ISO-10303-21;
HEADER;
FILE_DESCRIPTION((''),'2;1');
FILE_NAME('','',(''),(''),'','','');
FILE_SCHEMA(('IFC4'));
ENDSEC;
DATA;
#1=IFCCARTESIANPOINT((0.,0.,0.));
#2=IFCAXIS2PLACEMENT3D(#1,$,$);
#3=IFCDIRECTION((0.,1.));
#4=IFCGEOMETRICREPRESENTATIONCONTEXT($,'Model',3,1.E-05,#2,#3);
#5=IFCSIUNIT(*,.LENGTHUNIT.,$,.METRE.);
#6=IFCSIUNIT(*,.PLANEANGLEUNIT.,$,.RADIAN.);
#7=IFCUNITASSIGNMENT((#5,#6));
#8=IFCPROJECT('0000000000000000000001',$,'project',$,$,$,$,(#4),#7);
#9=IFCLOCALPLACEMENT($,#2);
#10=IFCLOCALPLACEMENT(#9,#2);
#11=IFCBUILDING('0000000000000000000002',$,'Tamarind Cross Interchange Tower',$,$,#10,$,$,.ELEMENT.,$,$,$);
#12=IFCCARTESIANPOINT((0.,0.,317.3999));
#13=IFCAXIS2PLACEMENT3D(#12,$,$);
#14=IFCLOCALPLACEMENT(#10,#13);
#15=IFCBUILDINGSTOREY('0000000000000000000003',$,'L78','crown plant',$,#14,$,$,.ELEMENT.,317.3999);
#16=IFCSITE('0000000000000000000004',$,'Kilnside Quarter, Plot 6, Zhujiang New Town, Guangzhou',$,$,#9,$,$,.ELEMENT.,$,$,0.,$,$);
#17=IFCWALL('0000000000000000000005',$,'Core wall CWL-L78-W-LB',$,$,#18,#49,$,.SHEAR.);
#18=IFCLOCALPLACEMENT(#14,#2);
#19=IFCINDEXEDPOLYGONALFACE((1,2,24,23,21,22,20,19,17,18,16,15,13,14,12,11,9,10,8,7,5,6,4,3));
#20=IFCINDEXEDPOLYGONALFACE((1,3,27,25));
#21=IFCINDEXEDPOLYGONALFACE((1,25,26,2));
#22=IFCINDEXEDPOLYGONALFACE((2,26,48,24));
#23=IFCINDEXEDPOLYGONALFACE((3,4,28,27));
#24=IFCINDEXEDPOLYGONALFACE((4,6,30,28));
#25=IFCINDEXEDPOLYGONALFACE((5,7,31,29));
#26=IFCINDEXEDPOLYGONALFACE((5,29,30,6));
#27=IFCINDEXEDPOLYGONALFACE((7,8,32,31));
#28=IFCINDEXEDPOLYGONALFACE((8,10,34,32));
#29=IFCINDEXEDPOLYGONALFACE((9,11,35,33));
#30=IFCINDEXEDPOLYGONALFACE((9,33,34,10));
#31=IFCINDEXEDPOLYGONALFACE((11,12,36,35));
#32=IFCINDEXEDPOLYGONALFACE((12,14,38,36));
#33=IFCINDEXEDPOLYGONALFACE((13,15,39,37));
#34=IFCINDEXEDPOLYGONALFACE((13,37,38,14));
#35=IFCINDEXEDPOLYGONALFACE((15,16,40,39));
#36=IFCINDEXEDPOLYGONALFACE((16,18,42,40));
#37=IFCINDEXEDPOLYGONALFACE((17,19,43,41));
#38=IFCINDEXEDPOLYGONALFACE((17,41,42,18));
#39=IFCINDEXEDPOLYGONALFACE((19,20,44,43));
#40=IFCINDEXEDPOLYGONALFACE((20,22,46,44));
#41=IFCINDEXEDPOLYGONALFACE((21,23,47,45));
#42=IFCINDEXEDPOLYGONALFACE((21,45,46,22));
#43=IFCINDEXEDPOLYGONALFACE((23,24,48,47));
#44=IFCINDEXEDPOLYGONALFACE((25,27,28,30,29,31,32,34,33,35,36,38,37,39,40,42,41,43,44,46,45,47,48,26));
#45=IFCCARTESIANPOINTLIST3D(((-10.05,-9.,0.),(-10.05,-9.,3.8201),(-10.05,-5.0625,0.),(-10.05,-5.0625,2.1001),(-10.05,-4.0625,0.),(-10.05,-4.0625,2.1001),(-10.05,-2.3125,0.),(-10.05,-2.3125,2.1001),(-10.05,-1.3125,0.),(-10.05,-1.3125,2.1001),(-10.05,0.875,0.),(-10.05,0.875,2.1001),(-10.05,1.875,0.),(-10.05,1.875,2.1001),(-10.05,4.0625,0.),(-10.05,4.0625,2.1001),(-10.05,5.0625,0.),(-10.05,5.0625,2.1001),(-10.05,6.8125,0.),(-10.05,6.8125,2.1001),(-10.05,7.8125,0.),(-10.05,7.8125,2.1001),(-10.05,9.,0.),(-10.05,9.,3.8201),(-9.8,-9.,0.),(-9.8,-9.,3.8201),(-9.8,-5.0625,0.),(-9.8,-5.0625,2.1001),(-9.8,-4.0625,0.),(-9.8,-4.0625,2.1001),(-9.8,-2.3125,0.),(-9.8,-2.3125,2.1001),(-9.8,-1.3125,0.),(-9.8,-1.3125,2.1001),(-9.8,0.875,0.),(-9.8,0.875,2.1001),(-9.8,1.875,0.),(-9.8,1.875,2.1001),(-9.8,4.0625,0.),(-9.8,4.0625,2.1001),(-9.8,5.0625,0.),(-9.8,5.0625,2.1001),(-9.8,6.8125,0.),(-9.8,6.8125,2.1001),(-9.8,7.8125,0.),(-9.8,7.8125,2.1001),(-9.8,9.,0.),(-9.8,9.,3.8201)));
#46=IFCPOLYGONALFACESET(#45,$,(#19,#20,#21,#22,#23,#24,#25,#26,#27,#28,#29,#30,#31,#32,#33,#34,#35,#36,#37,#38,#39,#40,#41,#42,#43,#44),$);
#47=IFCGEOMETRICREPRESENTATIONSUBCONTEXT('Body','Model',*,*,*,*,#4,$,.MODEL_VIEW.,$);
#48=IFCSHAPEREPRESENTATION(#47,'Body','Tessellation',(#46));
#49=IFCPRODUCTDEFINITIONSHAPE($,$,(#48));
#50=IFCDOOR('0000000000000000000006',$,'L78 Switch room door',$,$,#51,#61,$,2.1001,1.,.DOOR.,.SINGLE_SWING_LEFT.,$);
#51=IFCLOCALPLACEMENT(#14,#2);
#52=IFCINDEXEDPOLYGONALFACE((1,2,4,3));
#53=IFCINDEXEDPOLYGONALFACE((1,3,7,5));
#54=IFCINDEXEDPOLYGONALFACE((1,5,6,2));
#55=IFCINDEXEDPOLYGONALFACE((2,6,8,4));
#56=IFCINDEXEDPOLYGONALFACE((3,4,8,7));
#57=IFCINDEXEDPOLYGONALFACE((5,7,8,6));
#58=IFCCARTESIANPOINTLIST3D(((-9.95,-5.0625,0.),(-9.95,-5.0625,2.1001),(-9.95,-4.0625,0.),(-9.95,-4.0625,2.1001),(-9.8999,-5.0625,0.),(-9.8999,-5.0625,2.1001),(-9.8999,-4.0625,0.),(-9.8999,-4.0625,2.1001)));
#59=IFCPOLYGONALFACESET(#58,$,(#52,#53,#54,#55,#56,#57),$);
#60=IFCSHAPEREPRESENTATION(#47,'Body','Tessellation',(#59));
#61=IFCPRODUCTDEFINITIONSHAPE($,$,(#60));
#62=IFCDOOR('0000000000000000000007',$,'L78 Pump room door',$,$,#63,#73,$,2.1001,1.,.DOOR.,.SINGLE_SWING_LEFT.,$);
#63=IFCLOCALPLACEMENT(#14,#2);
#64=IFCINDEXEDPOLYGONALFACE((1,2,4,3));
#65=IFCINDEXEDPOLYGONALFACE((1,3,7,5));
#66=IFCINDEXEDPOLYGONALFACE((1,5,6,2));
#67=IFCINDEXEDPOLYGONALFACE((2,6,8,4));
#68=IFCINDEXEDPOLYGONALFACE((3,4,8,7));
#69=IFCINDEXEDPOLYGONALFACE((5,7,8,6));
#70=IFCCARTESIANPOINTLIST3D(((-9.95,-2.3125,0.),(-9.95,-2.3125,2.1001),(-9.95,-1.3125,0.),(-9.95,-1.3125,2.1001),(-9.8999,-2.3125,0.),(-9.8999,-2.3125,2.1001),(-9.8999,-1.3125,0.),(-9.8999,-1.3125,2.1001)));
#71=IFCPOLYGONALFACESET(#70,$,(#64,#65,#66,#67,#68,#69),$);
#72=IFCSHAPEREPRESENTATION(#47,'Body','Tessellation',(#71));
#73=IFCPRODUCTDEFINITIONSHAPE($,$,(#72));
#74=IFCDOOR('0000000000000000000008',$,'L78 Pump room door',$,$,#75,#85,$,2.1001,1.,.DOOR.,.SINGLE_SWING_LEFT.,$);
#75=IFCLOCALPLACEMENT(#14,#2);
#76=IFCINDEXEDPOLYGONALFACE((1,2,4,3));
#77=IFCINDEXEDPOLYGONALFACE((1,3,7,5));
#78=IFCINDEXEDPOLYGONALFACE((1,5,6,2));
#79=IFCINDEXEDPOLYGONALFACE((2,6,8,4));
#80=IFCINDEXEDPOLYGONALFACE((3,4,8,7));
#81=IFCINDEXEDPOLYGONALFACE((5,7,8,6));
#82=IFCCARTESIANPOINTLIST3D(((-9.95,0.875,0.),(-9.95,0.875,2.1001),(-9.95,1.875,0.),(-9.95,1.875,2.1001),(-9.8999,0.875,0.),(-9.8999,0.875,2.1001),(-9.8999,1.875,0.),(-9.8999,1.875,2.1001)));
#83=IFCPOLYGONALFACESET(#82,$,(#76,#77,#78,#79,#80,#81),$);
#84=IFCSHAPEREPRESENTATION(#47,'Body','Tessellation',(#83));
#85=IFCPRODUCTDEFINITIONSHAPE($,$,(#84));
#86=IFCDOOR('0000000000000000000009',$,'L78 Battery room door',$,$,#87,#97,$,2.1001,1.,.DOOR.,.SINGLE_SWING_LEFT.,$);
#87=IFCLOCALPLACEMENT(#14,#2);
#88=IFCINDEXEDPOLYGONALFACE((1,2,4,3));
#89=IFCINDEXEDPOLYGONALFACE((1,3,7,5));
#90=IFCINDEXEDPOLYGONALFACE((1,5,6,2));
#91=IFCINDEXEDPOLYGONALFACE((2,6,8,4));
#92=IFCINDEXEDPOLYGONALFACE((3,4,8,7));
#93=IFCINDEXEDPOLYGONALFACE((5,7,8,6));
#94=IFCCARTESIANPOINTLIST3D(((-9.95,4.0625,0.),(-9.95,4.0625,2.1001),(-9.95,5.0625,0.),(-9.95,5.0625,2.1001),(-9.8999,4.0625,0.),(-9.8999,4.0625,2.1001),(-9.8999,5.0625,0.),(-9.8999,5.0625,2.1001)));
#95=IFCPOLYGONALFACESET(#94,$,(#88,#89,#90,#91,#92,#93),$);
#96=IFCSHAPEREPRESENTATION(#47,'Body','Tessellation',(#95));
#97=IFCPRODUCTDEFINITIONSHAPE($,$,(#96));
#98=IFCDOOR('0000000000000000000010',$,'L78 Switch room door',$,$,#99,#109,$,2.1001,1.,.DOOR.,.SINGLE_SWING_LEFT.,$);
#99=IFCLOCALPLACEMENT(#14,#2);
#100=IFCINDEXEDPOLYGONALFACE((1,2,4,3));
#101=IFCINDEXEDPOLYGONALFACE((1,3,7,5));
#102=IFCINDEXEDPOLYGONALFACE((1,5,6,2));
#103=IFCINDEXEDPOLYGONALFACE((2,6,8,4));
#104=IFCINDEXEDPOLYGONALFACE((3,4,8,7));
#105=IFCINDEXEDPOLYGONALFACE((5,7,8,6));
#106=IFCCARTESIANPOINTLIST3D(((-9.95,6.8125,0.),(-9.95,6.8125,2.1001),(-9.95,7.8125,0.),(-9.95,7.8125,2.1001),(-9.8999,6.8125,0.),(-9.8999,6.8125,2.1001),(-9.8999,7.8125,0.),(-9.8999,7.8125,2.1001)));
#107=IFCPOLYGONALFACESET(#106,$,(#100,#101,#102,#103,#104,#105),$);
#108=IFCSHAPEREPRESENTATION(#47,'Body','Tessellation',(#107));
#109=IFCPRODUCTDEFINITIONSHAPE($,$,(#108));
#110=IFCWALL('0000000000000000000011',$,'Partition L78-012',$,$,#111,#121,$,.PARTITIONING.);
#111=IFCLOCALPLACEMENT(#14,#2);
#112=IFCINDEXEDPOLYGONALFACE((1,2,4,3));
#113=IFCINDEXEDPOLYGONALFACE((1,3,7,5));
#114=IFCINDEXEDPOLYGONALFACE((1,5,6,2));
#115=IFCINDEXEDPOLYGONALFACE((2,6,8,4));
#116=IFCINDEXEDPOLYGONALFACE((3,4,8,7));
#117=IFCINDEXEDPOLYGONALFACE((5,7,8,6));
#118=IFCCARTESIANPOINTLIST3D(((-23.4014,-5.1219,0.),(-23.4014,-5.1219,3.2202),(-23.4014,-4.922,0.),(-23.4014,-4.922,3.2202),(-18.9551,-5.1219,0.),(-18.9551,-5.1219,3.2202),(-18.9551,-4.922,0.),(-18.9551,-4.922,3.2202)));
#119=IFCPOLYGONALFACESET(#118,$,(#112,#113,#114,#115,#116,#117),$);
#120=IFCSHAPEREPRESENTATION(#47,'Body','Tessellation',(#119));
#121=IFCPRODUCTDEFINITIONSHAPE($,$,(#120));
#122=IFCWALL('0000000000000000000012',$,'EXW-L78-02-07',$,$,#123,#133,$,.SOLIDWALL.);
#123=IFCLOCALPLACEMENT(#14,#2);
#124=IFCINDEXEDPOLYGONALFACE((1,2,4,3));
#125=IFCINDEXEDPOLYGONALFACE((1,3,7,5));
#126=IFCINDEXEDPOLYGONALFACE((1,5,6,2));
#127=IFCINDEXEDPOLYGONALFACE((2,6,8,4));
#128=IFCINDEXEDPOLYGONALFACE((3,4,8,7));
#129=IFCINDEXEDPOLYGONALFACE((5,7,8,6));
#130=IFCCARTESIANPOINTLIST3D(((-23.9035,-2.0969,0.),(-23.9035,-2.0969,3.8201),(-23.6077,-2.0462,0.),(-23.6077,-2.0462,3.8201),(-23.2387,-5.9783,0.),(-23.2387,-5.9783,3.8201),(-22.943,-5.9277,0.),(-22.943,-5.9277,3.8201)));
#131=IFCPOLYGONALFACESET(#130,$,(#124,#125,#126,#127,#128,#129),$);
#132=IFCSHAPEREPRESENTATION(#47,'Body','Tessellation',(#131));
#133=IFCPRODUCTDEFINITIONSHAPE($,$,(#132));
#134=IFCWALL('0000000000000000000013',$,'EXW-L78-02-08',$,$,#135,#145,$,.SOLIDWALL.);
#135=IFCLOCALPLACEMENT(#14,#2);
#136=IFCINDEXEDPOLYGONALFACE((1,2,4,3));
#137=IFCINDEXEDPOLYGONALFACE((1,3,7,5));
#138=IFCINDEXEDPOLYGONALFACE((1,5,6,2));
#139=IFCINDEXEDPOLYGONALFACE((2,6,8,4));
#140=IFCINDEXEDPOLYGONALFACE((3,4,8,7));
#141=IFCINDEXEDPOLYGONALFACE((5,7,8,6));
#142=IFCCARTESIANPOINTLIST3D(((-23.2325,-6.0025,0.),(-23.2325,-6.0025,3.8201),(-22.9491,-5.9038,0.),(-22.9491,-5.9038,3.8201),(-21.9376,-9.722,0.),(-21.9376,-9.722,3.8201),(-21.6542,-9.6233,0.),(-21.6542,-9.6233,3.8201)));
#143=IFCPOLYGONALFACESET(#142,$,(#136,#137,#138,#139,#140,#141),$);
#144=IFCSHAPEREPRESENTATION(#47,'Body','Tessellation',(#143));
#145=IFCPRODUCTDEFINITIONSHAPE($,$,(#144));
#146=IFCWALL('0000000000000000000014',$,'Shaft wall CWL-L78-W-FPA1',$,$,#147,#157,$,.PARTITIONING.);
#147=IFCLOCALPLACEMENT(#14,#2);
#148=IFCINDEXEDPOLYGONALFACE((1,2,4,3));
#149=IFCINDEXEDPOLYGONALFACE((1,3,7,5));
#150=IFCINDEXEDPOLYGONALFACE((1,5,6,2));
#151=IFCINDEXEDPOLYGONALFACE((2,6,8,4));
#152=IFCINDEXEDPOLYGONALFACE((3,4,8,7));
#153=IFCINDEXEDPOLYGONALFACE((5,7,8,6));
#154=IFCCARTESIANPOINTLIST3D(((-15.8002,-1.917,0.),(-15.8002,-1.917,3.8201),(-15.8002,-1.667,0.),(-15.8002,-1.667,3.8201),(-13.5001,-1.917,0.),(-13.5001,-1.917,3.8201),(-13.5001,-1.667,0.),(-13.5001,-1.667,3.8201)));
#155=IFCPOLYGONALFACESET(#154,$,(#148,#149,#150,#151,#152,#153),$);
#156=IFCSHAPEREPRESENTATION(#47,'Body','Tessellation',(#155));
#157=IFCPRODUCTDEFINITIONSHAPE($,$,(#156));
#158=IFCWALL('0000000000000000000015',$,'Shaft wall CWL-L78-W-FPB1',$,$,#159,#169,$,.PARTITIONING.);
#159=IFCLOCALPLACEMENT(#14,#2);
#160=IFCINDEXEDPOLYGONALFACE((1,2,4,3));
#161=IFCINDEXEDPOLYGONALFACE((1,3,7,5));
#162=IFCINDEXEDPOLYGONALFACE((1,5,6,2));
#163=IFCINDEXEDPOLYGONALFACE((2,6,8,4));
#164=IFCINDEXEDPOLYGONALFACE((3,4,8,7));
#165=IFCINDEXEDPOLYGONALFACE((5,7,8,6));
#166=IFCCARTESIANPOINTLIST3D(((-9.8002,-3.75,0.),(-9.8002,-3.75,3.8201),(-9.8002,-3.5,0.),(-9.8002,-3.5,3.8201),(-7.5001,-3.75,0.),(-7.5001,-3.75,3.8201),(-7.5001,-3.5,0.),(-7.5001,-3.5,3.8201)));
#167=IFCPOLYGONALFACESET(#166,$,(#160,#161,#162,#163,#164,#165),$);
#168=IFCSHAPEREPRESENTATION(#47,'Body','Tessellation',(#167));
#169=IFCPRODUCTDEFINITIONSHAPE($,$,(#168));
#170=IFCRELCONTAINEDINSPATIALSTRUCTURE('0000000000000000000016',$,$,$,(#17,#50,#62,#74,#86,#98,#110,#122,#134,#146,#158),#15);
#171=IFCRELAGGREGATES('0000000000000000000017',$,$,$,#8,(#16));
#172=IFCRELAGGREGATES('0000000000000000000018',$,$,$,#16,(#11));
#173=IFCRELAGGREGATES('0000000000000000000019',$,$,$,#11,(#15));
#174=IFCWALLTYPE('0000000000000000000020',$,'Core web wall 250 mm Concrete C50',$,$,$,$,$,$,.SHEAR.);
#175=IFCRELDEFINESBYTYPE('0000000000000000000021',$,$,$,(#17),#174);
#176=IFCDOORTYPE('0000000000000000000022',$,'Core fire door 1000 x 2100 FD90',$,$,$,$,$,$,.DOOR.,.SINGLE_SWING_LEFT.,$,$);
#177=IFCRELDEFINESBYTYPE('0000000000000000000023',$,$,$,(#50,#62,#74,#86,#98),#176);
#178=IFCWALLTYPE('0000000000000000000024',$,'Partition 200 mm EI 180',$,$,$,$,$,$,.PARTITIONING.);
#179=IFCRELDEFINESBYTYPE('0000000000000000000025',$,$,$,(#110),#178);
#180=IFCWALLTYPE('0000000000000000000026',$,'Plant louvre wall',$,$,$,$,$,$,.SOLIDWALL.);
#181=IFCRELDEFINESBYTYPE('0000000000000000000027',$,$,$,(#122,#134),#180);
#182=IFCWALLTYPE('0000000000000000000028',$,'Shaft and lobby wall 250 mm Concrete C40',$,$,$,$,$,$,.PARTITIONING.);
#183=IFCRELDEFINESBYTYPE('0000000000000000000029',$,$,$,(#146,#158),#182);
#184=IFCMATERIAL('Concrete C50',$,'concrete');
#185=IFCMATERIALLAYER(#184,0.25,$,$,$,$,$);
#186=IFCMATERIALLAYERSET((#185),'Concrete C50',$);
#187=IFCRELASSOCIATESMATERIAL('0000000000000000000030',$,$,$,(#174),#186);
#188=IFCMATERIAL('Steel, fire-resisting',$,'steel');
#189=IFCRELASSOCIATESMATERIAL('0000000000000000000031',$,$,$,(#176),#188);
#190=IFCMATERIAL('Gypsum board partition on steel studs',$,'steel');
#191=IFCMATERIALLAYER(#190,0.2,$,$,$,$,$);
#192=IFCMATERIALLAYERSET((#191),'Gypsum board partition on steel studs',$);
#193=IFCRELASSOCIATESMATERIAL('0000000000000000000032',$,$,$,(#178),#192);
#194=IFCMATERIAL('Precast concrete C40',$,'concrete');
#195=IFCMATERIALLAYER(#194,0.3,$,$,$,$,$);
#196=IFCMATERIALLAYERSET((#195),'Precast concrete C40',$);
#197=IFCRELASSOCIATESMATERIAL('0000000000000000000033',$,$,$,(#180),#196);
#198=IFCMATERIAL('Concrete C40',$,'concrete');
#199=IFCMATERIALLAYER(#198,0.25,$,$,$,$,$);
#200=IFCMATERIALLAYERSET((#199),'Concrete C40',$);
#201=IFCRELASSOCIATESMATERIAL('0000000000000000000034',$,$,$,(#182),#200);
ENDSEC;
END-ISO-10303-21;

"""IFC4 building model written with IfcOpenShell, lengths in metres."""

from ifc_helpers import new_model, si_unit, direction, frame, frame_2d, origin, place, context, subcontext, project, spatial, rectangle, extrude, material, layer, layer_set, type_object, element, fill, save


model = new_model("IFC4")

# Units and contexts
model_context = context("Model", 3, precision=1e-05, world=origin(), true_north=direction((0.0, 1.0)))
body_context = subcontext(model_context, "Body", "Model", "MODEL_VIEW")
ifc_project = project(units=[si_unit("LENGTHUNIT", "METRE"), si_unit("PLANEANGLEUNIT", "RADIAN")], contexts=[model_context])

# Site, building, storey
site_placement = place(None, origin())
site = spatial("IfcSite", under=ifc_project, at=site_placement, Name="Kilnside Quarter, Plot 6, Zhujiang New Town, Guangzhou", CompositionType="ELEMENT", RefElevation=0.0)
building_placement = place(site_placement, origin())
building = spatial("IfcBuilding", under=site, at=building_placement, Name="Tamarind Cross Interchange Tower", CompositionType="ELEMENT")
storey_placement = place(building_placement, frame((0.0, 0.0, 317.3999)))
storey = spatial("IfcBuildingStorey", under=building, at=storey_placement, Name="L78", Description="crown plant", CompositionType="ELEMENT", Elevation=317.3999)

# Shared definitions
ifc_material_1 = material(Name="Concrete C50", Category="concrete")
ifc_layer_1 = layer(ifc_material_1, 0.25)
ifc_layer_set_1 = layer_set([ifc_layer_1], Name="Concrete C50")
wall_type_1 = type_object("IfcWallType", Name="Core web wall 250 mm Concrete C50", PredefinedType="SHEAR", material=ifc_layer_set_1)

# Wall, openings, doors
ifc_material_2 = material(Name="Steel, fire-resisting", Category="steel")
door_type_1 = type_object("IfcDoorType", Name="Core fire door 1000 x 2100 FD90", OperationType="SINGLE_SWING_LEFT", PredefinedType="DOOR", material=ifc_material_2)
wall_1_placement = place(storey_placement, frame((-9.925, -9.0, 0.0), z_axis=(0.0, 0.0, 1.0), x_axis=(0.0, 1.0, 0.0)))
wall_1 = element("IfcWall", 1, at=wall_1_placement, inside=storey, type_object=wall_type_1, Name="Core wall CWL-L78-W-LB", PredefinedType="SHEAR", context=body_context, shape_type="SweptSolid", body=[
    extrude(rectangle(XDim=18.0, YDim=0.25, at=frame_2d((9.0, 0.0))), origin(), (0.0, 0.0, 1.0), 3.8201),
])
opening_1_placement = place(wall_1_placement, frame((3.9375, 0.0, 0.0)))
opening_1 = element("IfcOpeningElement", 2, at=opening_1_placement, cuts=wall_1, PredefinedType="OPENING", context=body_context, shape_type="SweptSolid", body=[
    extrude(rectangle(XDim=1.0, YDim=2.1001, at=frame_2d((0.5, 1.05))), frame((0.0, 0.135, 0.0), z_axis=(0.0, -1.0, 0.0), x_axis=(1.0, 0.0, 0.0)), (0.0, 0.0, 1.0), 0.27),
])
opening_2_placement = place(wall_1_placement, frame((6.6875, 0.0, 0.0)))
opening_2 = element("IfcOpeningElement", 3, at=opening_2_placement, cuts=wall_1, PredefinedType="OPENING", context=body_context, shape_type="SweptSolid", body=[
    extrude(rectangle(XDim=1.0, YDim=2.1001, at=frame_2d((0.5, 1.05))), frame((0.0, 0.135, 0.0), z_axis=(0.0, -1.0, 0.0), x_axis=(1.0, 0.0, 0.0)), (0.0, 0.0, 1.0), 0.27),
])
opening_3_placement = place(wall_1_placement, frame((9.875, 0.0, 0.0)))
opening_3 = element("IfcOpeningElement", 4, at=opening_3_placement, cuts=wall_1, PredefinedType="OPENING", context=body_context, shape_type="SweptSolid", body=[
    extrude(rectangle(XDim=1.0, YDim=2.1001, at=frame_2d((0.5, 1.05))), frame((0.0, 0.135, 0.0), z_axis=(0.0, -1.0, 0.0), x_axis=(1.0, 0.0, 0.0)), (0.0, 0.0, 1.0), 0.27),
])
opening_4_placement = place(wall_1_placement, frame((13.0625, 0.0, 0.0)))
opening_4 = element("IfcOpeningElement", 5, at=opening_4_placement, cuts=wall_1, PredefinedType="OPENING", context=body_context, shape_type="SweptSolid", body=[
    extrude(rectangle(XDim=1.0, YDim=2.1001, at=frame_2d((0.5, 1.05))), frame((0.0, 0.135, 0.0), z_axis=(0.0, -1.0, 0.0), x_axis=(1.0, 0.0, 0.0)), (0.0, 0.0, 1.0), 0.27),
])
opening_5_placement = place(wall_1_placement, frame((15.8125, 0.0, 0.0)))
opening_5 = element("IfcOpeningElement", 6, at=opening_5_placement, cuts=wall_1, PredefinedType="OPENING", context=body_context, shape_type="SweptSolid", body=[
    extrude(rectangle(XDim=1.0, YDim=2.1001, at=frame_2d((0.5, 1.05))), frame((0.0, 0.135, 0.0), z_axis=(0.0, -1.0, 0.0), x_axis=(1.0, 0.0, 0.0)), (0.0, 0.0, 1.0), 0.27),
])
door_1_placement = place(opening_1_placement, origin())
door_1 = element("IfcDoor", 7, at=door_1_placement, inside=storey, type_object=door_type_1, Name="L78 Switch room door", OperationType="SINGLE_SWING_LEFT", OverallHeight=2.1001, OverallWidth=1.0, PredefinedType="DOOR", context=body_context, shape_type="SweptSolid", body=[
    extrude(rectangle(XDim=1.0, YDim=2.1001, at=frame_2d((0.5, 1.05))), frame((0.0, 0.0249, 0.0), z_axis=(0.0, -1.0, 0.0), x_axis=(1.0, 0.0, 0.0)), (0.0, 0.0, 1.0), 0.05),
])
fill(opening_1, door_1)
door_2_placement = place(opening_2_placement, origin())
door_2 = element("IfcDoor", 8, at=door_2_placement, inside=storey, type_object=door_type_1, Name="L78 Pump room door", OperationType="SINGLE_SWING_LEFT", OverallHeight=2.1001, OverallWidth=1.0, PredefinedType="DOOR", context=body_context, shape_type="SweptSolid", body=[
    extrude(rectangle(XDim=1.0, YDim=2.1001, at=frame_2d((0.5, 1.05))), frame((0.0, 0.0249, 0.0), z_axis=(0.0, -1.0, 0.0), x_axis=(1.0, 0.0, 0.0)), (0.0, 0.0, 1.0), 0.05),
])
fill(opening_2, door_2)
door_3_placement = place(opening_3_placement, origin())
door_3 = element("IfcDoor", 9, at=door_3_placement, inside=storey, type_object=door_type_1, Name="L78 Pump room door", OperationType="SINGLE_SWING_LEFT", OverallHeight=2.1001, OverallWidth=1.0, PredefinedType="DOOR", context=body_context, shape_type="SweptSolid", body=[
    extrude(rectangle(XDim=1.0, YDim=2.1001, at=frame_2d((0.5, 1.05))), frame((0.0, 0.0249, 0.0), z_axis=(0.0, -1.0, 0.0), x_axis=(1.0, 0.0, 0.0)), (0.0, 0.0, 1.0), 0.05),
])
fill(opening_3, door_3)
door_4_placement = place(opening_4_placement, origin())
door_4 = element("IfcDoor", 10, at=door_4_placement, inside=storey, type_object=door_type_1, Name="L78 Battery room door", OperationType="SINGLE_SWING_LEFT", OverallHeight=2.1001, OverallWidth=1.0, PredefinedType="DOOR", context=body_context, shape_type="SweptSolid", body=[
    extrude(rectangle(XDim=1.0, YDim=2.1001, at=frame_2d((0.5, 1.05))), frame((0.0, 0.0249, 0.0), z_axis=(0.0, -1.0, 0.0), x_axis=(1.0, 0.0, 0.0)), (0.0, 0.0, 1.0), 0.05),
])
fill(opening_4, door_4)
door_5_placement = place(opening_5_placement, origin())
door_5 = element("IfcDoor", 11, at=door_5_placement, inside=storey, type_object=door_type_1, Name="L78 Switch room door", OperationType="SINGLE_SWING_LEFT", OverallHeight=2.1001, OverallWidth=1.0, PredefinedType="DOOR", context=body_context, shape_type="SweptSolid", body=[
    extrude(rectangle(XDim=1.0, YDim=2.1001, at=frame_2d((0.5, 1.05))), frame((0.0, 0.0249, 0.0), z_axis=(0.0, -1.0, 0.0), x_axis=(1.0, 0.0, 0.0)), (0.0, 0.0, 1.0), 0.05),
])
fill(opening_5, door_5)

# Walls
ifc_material_3 = material(Name="Gypsum board partition on steel studs", Category="steel")
ifc_layer_2 = layer(ifc_material_3, 0.2)
ifc_layer_set_2 = layer_set([ifc_layer_2], Name="Gypsum board partition on steel studs")
wall_type_2 = type_object("IfcWallType", Name="Partition 200 mm EI 180", PredefinedType="PARTITIONING", material=ifc_layer_set_2)
wall_2_placement = place(storey_placement, frame((-23.4014, -5.022, 0.0), z_axis=(0.0, 0.0, 1.0), x_axis=(1.0, 0.0, 0.0)))
element("IfcWall", 12, at=wall_2_placement, inside=storey, type_object=wall_type_2, Name="Partition L78-012", PredefinedType="PARTITIONING", context=body_context, shape_type="SweptSolid", body=[
    extrude(rectangle(XDim=4.4463, YDim=0.2, at=frame_2d((2.2231, 0.0))), origin(), (0.0, 0.0, 1.0), 3.2202),
])
ifc_material_4 = material(Name="Precast concrete C40", Category="concrete")
ifc_layer_3 = layer(ifc_material_4, 0.3)
ifc_layer_set_3 = layer_set([ifc_layer_3], Name="Precast concrete C40")
wall_type_3 = type_object("IfcWallType", Name="Plant louvre wall", PredefinedType="SOLIDWALL", material=ifc_layer_set_3)
wall_3_placement = place(storey_placement, frame((-23.7556, -2.0715, 0.0), z_axis=(0.0, 0.0, 1.0), x_axis=(0.168811, -0.985648, 0.0)))
element("IfcWall", 13, at=wall_3_placement, inside=storey, type_object=wall_type_3, Name="EXW-L78-02-07", PredefinedType="SOLIDWALL", context=body_context, shape_type="SweptSolid", body=[
    extrude(rectangle(XDim=3.938, YDim=0.3, at=frame_2d((1.969, 0.0))), origin(), (0.0, 0.0, 1.0), 3.8201),
])
wall_4_placement = place(storey_placement, frame((-23.0908, -5.9531, 0.0), z_axis=(0.0, 0.0, 1.0), x_axis=(0.32879, -0.944403, 0.0)))
element("IfcWall", 14, at=wall_4_placement, inside=storey, type_object=wall_type_3, Name="EXW-L78-02-08", PredefinedType="SOLIDWALL", context=body_context, shape_type="SweptSolid", body=[
    extrude(rectangle(XDim=3.9385, YDim=0.3, at=frame_2d((1.9692, 0.0))), origin(), (0.0, 0.0, 1.0), 3.8201),
])
ifc_material_5 = material(Name="Concrete C40", Category="concrete")
ifc_layer_4 = layer(ifc_material_5, 0.25)
ifc_layer_set_4 = layer_set([ifc_layer_4], Name="Concrete C40")
wall_type_4 = type_object("IfcWallType", Name="Shaft and lobby wall 250 mm Concrete C40", PredefinedType="PARTITIONING", material=ifc_layer_set_4)
for number, where, z_axis, x_axis, name in (
    (15, (-15.8, -1.792, 0.0), (0.0, 0.0, 1.0), (1.0, 0.0, 0.0), "Shaft wall CWL-L78-W-FPA1"),
    (16, (-9.8, -3.625, 0.0), (0.0, 0.0, 1.0), (1.0, 0.0, 0.0), "Shaft wall CWL-L78-W-FPB1"),
):
    element("IfcWall", number, at=place(storey_placement, frame(where, z_axis=z_axis, x_axis=x_axis)), inside=storey, type_object=wall_type_4, Name=name, PredefinedType="PARTITIONING", context=body_context, shape_type="SweptSolid", body=[
        extrude(rectangle(XDim=2.3, YDim=0.25, at=frame_2d((1.1499, 0.0))), origin(), (0.0, 0.0, 1.0), 3.8201),
    ])

save(model, "model.ifc")
